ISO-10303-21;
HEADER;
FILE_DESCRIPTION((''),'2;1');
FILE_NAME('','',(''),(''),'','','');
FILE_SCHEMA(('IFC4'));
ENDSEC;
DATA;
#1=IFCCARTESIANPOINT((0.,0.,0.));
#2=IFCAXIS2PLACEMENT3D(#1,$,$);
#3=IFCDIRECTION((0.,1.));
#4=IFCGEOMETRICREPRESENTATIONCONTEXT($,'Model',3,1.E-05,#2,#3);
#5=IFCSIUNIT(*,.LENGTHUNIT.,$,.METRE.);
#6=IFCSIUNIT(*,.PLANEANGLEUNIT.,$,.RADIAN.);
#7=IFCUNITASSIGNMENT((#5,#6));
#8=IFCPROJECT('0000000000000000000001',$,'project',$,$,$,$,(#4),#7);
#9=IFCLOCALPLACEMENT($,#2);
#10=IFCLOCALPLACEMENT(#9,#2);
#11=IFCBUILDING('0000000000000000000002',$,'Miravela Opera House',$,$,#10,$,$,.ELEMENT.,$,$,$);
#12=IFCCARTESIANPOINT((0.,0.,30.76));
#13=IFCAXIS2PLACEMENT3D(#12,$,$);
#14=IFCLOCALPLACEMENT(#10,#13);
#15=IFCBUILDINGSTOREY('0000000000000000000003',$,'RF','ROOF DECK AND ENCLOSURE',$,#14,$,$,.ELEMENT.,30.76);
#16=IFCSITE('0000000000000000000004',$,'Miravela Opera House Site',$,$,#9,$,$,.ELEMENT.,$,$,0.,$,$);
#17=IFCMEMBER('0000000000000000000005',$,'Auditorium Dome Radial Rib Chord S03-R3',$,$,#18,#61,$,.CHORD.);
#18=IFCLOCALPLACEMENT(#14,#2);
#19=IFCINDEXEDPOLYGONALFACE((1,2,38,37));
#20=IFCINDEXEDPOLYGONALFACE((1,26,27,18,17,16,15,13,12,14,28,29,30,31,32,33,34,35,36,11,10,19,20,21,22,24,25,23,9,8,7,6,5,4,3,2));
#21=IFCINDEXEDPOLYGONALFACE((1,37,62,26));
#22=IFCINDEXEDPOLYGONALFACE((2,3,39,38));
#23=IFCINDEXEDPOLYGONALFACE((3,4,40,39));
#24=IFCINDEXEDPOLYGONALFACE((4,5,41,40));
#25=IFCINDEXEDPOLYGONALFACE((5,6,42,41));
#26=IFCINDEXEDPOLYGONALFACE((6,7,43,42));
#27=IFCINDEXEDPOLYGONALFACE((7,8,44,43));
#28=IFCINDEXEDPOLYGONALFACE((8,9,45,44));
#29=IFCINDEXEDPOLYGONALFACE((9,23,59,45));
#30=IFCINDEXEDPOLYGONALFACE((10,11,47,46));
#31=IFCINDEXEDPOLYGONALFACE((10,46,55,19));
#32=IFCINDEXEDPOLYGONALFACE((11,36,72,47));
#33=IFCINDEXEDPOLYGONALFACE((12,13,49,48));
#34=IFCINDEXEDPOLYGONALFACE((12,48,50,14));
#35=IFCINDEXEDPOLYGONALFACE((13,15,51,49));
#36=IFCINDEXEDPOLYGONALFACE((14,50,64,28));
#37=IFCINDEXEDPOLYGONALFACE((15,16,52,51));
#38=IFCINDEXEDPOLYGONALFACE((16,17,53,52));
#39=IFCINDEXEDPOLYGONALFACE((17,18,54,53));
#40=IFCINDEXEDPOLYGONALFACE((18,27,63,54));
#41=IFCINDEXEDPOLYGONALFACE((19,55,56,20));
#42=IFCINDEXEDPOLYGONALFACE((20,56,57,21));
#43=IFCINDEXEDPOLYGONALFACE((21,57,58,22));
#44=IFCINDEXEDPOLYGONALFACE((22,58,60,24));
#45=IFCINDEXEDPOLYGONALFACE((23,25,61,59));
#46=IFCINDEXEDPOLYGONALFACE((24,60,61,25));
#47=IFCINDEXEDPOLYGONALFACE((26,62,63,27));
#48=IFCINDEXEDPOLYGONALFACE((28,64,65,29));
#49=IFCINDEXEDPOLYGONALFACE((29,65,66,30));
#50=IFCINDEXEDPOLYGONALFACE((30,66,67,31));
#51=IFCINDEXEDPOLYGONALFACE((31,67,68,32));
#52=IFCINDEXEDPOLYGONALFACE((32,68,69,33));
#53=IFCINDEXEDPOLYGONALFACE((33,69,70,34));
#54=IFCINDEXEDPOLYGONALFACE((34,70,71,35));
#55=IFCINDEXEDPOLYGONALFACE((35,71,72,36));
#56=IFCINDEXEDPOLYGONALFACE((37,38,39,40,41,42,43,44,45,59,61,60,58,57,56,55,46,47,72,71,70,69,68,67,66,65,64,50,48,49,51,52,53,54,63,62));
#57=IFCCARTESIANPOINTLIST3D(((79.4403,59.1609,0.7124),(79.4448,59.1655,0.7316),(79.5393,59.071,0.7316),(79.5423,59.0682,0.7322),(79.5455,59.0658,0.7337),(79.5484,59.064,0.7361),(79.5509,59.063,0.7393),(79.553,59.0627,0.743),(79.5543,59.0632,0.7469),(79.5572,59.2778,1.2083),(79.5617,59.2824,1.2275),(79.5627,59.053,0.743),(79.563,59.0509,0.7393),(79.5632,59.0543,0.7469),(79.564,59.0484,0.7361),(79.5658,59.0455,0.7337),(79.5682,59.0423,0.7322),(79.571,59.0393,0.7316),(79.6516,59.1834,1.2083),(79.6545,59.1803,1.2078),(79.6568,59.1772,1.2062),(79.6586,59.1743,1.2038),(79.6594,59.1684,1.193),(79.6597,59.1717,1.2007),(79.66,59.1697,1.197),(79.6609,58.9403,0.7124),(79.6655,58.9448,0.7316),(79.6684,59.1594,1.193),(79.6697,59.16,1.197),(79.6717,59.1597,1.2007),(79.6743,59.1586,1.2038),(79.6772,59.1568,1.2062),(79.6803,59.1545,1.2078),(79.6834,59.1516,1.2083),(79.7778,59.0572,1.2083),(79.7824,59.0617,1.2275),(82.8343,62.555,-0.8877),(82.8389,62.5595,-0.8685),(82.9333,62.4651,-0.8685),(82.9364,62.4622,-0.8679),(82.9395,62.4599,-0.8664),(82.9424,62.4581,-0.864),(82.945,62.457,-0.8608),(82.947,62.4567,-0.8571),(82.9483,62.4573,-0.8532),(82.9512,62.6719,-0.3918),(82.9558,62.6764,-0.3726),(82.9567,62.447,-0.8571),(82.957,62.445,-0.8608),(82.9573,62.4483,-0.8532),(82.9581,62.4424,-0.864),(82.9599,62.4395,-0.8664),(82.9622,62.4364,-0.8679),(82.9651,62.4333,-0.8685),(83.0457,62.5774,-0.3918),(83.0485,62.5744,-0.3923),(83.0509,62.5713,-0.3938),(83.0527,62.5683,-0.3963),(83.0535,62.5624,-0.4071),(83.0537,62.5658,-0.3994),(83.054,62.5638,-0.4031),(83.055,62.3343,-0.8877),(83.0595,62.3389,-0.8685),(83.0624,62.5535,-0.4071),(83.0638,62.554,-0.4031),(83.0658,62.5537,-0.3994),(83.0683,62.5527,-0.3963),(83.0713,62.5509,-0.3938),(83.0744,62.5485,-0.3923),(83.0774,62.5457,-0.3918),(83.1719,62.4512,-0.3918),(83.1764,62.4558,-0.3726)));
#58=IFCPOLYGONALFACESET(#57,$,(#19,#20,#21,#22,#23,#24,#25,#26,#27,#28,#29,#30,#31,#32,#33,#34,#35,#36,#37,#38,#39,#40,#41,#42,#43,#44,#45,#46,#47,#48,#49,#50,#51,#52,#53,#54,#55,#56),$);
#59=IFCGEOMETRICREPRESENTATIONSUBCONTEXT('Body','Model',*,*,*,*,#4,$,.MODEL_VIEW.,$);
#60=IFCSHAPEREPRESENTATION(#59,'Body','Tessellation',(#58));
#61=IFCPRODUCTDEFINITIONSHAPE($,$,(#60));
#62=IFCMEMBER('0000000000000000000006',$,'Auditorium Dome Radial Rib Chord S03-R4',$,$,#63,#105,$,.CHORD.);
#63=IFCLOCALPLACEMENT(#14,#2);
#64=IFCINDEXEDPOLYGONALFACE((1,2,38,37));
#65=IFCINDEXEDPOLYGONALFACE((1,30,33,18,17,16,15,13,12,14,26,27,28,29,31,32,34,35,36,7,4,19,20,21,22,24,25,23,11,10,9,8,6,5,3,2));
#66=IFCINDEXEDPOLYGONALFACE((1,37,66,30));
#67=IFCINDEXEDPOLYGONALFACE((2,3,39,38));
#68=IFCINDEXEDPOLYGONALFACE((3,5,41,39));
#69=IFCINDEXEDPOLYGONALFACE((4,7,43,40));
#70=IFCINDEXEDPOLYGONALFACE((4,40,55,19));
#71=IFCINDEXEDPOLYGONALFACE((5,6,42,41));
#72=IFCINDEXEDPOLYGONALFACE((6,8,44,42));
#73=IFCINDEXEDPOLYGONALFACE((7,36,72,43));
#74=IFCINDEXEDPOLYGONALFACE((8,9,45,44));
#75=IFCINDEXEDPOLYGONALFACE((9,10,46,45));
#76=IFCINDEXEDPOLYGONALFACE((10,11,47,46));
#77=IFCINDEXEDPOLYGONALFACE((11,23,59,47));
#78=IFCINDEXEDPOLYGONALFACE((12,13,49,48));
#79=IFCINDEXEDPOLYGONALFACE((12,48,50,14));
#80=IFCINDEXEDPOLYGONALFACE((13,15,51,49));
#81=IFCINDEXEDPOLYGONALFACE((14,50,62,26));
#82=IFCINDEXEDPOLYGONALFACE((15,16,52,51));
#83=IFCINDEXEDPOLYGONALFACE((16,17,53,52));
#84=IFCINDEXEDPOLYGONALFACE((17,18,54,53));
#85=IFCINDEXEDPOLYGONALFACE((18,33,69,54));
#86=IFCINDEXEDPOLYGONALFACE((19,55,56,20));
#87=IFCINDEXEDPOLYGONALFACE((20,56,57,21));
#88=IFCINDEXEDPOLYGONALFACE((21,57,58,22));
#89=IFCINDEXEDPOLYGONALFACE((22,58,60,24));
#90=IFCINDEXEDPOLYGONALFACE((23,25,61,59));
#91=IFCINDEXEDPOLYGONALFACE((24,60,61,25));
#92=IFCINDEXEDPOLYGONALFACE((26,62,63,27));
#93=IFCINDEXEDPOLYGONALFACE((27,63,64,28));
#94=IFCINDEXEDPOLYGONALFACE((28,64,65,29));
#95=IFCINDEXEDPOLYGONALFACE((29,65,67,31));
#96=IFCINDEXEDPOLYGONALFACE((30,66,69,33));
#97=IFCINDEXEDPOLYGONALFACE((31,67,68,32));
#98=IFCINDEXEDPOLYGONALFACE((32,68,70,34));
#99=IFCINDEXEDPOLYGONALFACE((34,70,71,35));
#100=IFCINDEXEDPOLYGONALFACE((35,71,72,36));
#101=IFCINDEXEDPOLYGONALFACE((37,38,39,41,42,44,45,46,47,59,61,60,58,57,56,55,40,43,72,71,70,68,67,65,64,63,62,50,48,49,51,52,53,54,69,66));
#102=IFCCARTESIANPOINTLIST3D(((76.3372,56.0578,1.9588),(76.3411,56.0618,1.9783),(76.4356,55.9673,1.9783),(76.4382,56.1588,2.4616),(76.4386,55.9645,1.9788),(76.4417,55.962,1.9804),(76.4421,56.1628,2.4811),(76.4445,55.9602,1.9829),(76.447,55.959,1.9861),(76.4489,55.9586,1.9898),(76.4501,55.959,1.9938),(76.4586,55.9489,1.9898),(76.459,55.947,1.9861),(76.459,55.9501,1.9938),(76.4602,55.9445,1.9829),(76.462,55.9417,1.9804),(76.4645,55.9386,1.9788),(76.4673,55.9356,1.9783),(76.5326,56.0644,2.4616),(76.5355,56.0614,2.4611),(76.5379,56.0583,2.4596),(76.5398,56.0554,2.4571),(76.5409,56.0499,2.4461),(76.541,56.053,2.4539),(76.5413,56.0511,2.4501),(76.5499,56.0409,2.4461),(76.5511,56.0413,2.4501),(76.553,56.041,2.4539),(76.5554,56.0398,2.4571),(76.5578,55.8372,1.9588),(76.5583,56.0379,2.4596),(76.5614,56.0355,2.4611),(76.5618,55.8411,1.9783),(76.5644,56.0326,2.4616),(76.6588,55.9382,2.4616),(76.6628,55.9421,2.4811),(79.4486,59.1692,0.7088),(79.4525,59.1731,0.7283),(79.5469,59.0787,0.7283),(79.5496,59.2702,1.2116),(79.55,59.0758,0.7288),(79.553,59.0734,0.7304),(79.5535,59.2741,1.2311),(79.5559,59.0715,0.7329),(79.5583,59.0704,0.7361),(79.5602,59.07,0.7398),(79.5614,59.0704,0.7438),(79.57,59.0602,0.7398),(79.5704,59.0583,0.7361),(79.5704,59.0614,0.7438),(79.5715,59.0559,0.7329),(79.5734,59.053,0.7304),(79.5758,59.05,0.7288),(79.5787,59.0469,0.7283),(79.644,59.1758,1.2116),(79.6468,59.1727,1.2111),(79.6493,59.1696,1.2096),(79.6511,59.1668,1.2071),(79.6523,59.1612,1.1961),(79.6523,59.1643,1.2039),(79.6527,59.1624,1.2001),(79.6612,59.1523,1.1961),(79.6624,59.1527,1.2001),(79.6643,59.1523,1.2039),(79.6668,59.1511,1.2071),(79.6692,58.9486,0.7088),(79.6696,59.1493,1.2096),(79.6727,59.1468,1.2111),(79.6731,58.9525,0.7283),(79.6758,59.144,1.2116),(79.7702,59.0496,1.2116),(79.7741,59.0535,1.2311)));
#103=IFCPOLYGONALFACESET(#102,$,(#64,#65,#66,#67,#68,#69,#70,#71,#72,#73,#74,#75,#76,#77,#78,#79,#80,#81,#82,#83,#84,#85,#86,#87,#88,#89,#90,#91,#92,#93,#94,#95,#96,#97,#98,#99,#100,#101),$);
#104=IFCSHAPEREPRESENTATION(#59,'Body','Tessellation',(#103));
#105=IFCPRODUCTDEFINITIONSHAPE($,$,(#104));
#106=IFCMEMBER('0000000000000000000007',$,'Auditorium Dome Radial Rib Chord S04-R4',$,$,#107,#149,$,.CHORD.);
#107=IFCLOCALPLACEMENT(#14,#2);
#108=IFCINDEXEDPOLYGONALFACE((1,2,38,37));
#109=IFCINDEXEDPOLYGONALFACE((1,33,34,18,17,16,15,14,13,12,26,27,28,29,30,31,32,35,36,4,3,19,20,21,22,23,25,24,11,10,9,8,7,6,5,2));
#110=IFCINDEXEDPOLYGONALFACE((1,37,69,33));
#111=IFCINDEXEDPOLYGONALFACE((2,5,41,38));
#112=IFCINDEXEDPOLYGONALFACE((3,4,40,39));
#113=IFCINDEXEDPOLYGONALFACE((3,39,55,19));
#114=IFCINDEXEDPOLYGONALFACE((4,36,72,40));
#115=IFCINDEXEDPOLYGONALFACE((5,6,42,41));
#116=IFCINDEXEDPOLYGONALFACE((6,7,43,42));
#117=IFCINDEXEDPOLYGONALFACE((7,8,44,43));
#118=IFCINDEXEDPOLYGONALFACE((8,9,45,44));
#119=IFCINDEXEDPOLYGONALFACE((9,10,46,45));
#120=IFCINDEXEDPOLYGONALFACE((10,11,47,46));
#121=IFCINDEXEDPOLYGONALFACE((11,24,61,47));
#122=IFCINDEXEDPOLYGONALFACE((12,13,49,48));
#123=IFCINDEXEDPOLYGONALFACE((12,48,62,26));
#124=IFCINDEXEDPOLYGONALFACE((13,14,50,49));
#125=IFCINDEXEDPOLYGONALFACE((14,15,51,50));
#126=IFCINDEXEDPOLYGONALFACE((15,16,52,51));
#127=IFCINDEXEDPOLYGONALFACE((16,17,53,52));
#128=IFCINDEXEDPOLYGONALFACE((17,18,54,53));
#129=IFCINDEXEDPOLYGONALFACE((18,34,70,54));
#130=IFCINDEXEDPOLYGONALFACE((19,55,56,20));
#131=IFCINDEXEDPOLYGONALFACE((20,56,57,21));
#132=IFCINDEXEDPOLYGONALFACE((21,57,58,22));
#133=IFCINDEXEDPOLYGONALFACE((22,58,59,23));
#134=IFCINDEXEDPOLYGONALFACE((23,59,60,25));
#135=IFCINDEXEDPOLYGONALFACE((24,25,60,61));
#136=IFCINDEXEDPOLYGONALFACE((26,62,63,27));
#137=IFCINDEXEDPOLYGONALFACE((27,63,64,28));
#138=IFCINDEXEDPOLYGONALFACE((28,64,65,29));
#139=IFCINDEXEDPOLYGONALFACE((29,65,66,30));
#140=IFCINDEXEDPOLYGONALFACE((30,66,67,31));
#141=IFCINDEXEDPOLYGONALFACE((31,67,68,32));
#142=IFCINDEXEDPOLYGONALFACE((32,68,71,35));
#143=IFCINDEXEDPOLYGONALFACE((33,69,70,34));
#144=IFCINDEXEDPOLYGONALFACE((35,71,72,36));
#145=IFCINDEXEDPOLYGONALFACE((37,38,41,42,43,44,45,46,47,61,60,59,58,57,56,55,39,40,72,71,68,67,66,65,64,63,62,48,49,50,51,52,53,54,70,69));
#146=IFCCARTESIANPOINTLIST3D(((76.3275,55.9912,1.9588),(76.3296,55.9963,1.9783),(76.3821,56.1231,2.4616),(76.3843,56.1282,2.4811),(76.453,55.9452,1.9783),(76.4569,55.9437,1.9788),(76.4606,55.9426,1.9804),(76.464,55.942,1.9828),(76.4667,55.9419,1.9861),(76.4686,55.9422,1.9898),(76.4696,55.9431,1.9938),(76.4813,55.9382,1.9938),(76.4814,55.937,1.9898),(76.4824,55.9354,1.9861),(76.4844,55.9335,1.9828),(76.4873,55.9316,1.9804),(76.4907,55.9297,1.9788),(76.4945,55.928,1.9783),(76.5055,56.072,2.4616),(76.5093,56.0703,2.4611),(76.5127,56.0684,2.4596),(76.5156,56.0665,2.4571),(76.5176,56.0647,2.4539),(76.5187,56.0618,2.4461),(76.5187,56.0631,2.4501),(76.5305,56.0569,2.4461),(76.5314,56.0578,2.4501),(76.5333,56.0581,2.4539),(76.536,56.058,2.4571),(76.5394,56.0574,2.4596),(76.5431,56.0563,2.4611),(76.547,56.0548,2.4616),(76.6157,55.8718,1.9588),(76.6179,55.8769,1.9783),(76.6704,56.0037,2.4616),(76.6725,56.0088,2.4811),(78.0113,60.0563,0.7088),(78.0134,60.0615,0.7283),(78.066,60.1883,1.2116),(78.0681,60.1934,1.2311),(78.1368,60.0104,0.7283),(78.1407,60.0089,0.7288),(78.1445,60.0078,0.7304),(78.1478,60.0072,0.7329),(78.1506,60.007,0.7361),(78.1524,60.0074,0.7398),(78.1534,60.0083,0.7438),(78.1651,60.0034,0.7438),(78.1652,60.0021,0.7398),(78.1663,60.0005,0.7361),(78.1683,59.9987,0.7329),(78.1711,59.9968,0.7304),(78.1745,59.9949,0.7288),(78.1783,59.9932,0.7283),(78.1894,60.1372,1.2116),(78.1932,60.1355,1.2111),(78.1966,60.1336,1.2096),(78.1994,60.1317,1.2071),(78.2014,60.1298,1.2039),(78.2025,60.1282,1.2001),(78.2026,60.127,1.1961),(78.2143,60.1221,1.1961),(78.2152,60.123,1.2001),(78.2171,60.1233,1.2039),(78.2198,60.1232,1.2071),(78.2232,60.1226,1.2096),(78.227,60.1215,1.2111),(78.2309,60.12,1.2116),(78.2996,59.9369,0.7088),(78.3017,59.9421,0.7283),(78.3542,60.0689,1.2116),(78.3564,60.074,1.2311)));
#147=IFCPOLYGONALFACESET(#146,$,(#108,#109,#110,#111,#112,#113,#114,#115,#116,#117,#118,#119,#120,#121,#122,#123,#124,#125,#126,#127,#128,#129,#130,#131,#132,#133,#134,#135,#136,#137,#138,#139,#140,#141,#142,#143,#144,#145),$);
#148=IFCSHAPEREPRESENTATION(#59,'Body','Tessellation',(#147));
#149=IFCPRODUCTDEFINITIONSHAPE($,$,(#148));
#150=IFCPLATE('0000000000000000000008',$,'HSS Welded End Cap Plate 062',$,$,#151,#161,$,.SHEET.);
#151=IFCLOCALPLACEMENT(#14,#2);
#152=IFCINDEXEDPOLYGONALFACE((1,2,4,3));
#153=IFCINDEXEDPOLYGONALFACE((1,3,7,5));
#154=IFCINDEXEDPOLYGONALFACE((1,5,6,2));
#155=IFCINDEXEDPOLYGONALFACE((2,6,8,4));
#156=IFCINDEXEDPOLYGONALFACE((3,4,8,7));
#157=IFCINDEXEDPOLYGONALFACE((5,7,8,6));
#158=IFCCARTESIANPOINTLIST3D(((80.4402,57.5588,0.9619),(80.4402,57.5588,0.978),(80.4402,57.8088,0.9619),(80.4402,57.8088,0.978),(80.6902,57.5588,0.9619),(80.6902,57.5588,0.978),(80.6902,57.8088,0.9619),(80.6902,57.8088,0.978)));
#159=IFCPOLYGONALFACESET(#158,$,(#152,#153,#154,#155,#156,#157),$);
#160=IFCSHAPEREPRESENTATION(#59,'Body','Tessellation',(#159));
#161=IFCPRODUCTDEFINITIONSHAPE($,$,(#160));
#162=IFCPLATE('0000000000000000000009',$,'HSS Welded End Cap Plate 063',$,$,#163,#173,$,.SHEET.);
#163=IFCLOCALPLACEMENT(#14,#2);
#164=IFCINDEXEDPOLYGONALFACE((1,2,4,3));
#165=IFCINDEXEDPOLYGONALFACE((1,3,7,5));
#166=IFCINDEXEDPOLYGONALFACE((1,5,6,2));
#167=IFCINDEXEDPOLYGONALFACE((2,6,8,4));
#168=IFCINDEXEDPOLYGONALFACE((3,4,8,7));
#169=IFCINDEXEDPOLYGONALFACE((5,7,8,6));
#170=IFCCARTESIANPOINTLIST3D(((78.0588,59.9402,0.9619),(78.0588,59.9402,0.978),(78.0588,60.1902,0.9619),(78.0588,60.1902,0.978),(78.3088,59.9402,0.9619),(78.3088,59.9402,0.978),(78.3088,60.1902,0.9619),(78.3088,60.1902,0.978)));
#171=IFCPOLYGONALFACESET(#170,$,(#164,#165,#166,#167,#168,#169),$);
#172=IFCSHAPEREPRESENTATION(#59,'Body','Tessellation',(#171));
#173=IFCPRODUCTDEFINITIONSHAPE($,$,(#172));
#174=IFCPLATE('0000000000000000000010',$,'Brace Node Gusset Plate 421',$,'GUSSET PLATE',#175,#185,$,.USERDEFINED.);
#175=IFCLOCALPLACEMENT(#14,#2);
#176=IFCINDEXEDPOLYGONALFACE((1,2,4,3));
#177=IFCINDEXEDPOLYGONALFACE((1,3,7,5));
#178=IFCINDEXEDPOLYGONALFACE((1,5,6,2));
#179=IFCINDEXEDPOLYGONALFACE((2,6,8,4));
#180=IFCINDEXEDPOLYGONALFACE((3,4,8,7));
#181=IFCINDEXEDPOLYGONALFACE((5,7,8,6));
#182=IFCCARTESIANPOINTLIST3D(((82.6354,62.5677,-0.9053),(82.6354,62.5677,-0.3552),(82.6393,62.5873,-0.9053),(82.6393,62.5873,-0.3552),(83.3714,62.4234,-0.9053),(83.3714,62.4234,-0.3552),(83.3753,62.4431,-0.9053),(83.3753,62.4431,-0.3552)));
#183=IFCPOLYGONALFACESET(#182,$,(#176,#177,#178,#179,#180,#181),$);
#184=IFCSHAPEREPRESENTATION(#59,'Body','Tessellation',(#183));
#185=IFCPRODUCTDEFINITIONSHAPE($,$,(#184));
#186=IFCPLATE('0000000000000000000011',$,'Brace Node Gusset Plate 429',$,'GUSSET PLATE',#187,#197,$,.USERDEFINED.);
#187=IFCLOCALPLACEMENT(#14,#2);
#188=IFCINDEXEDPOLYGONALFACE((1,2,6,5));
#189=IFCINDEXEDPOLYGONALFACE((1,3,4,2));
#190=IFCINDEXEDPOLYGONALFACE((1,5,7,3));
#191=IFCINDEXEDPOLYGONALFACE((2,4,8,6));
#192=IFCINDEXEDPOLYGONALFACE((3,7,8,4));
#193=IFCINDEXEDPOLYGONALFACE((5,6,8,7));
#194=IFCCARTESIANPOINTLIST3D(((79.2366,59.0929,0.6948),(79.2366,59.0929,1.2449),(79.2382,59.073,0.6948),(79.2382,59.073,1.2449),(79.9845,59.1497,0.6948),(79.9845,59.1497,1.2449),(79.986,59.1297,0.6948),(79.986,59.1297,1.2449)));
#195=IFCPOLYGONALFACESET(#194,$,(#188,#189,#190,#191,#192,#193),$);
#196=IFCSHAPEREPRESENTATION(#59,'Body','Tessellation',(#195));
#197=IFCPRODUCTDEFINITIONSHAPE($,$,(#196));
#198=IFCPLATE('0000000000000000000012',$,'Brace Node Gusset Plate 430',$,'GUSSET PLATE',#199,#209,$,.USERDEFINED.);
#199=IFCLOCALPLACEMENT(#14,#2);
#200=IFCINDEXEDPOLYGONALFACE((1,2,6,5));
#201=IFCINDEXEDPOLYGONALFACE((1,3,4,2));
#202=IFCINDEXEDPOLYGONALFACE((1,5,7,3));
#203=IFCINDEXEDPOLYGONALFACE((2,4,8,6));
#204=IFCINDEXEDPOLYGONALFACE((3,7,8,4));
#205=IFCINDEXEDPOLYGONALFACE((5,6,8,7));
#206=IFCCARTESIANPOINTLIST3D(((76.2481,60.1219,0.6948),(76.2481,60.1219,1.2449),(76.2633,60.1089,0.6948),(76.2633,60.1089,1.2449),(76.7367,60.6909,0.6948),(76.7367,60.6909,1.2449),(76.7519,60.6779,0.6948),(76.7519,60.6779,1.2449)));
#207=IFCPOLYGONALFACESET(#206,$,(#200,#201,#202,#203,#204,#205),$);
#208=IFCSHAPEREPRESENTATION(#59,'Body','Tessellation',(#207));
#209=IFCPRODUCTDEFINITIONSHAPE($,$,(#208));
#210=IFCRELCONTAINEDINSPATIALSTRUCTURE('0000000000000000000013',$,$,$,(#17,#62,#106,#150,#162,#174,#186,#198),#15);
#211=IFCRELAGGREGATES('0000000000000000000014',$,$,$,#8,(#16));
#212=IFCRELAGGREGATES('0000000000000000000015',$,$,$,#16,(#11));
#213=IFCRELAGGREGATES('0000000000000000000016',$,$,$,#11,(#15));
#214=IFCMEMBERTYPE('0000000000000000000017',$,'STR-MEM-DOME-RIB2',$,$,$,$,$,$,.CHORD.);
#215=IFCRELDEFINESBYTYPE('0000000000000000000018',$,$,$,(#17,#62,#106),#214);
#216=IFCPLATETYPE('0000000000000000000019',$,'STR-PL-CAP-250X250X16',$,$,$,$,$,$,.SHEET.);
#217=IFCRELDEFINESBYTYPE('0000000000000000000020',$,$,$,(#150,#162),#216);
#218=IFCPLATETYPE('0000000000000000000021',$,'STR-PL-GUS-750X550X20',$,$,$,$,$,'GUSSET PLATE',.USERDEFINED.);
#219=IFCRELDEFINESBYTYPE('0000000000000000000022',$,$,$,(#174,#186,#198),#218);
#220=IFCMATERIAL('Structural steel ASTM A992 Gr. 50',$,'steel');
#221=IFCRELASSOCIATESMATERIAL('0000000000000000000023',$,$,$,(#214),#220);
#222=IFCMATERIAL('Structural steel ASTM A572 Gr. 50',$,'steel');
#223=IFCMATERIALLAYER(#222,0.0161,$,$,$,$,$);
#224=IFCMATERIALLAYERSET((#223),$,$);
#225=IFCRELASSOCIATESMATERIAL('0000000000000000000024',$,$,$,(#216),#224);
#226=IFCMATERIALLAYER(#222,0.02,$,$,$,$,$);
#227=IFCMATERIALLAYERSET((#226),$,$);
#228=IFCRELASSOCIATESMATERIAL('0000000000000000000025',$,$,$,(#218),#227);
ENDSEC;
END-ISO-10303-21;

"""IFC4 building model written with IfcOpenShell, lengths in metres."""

from ifc_helpers import new_model, si_unit, direction, frame, origin, origin_2d, place, context, subcontext, project, spatial, rectangle, i_section, extrude, material, layer, layer_set, material_profile, profile_set, type_object, element, save


model = new_model("IFC4")

# Units and contexts
model_context = context("Model", 3, precision=1e-05, world=origin(), true_north=direction((0.0, 1.0)))
body_context = subcontext(model_context, "Body", "Model", "MODEL_VIEW")
ifc_project = project(units=[si_unit("LENGTHUNIT", "METRE"), si_unit("PLANEANGLEUNIT", "RADIAN")], contexts=[model_context])

# Site, building, storey
site_placement = place(None, origin())
site = spatial("IfcSite", under=ifc_project, at=site_placement, Name="Miravela Opera House Site", CompositionType="ELEMENT", RefElevation=0.0)
building_placement = place(site_placement, origin())
building = spatial("IfcBuilding", under=site, at=building_placement, Name="Miravela Opera House", CompositionType="ELEMENT")
storey_placement = place(building_placement, frame((0.0, 0.0, 30.76)))
storey = spatial("IfcBuildingStorey", under=building, at=storey_placement, Name="RF", Description="ROOF DECK AND ENCLOSURE", CompositionType="ELEMENT", Elevation=30.76)

# Shared definitions
ifc_material_1 = material(Name="Structural steel ASTM A992 Gr. 50", Category="steel")

# Members
ifc_material_profile_1 = material_profile(ifc_material_1, i_section(OverallWidth=0.312, OverallDepth=0.543, WebThickness=0.0127, FlangeThickness=0.0203, FilletRadius=0.0161, at=origin_2d()), Name="W530X150")
ifc_profile_set_1 = profile_set([ifc_material_profile_1])
member_type_1 = type_object("IfcMemberType", Name="STR-MEM-DOME-RIB2", PredefinedType="CHORD", material=ifc_profile_set_1)
member_1_placement = place(storey_placement, frame((83.0054, 62.5054, -0.6301), z_axis=(-0.670815, -0.670815, 0.316251), x_axis=(0.707107, -0.707107, 0.0)))
element("IfcMember", 1, at=member_1_placement, inside=storey, type_object=member_type_1, Name="Auditorium Dome Radial Rib Chord S03-R3", PredefinedType="CHORD", context=body_context, shape_type="SweptSolid", body=[
    extrude(i_section(OverallWidth=0.312, OverallDepth=0.543, WebThickness=0.0127, FlangeThickness=0.0203, FilletRadius=0.0161, at=origin_2d()), origin(), (0.0, 0.0, 1.0), 5.0596),
])
for number, where, z_axis, x_axis, name in (
    (2, (79.6113, 59.1113, 0.97), (-0.680192, -0.680192, 0.273272), (0.707107, -0.707107, 0.0), "Auditorium Dome Radial Rib Chord S03-R4"),
    (3, (78.1838, 60.0652, 0.97), (-0.368114, -0.888715, 0.27327), (0.923881, -0.38268, 0.0), "Auditorium Dome Radial Rib Chord S04-R4"),
):
    element("IfcMember", number, at=place(storey_placement, frame(where, z_axis=z_axis, x_axis=x_axis)), inside=storey, type_object=member_type_1, Name=name, PredefinedType="CHORD", context=body_context, shape_type="SweptSolid", body=[
        extrude(i_section(OverallWidth=0.312, OverallDepth=0.543, WebThickness=0.0127, FlangeThickness=0.0203, FilletRadius=0.0161, at=origin_2d()), origin(), (0.0, 0.0, 1.0), 4.5742),
    ])

# Plates
ifc_material_2 = material(Name="Structural steel ASTM A572 Gr. 50", Category="steel")
ifc_layer_1 = layer(ifc_material_2, 0.0161)
ifc_layer_set_1 = layer_set([ifc_layer_1])
plate_type_1 = type_object("IfcPlateType", Name="STR-PL-CAP-250X250X16", PredefinedType="SHEET", material=ifc_layer_set_1)
for number, where, z_axis, x_axis, name in (
    (4, (80.5652, 57.6838, 0.9619), (0.0, 0.0, 1.0), (1.0, 0.0, 0.0), "HSS Welded End Cap Plate 062"),
    (5, (78.1838, 60.0652, 0.9619), (0.0, 0.0, 1.0), (1.0, 0.0, 0.0), "HSS Welded End Cap Plate 063"),
):
    element("IfcPlate", number, at=place(storey_placement, frame(where, z_axis=z_axis, x_axis=x_axis)), inside=storey, type_object=plate_type_1, Name=name, PredefinedType="SHEET", context=body_context, shape_type="SweptSolid", body=[
        extrude(rectangle(XDim=0.25, YDim=0.25, at=origin_2d()), origin(), (0.0, 0.0, 1.0), 0.0161),
    ])
ifc_layer_2 = layer(ifc_material_2, 0.02)
ifc_layer_set_2 = layer_set([ifc_layer_2])
plate_type_2 = type_object("IfcPlateType", Name="STR-PL-GUS-750X550X20", ElementType="GUSSET PLATE", PredefinedType="USERDEFINED", material=ifc_layer_set_2)
for number, where, z_axis, x_axis, name in (
    (6, (83.0054, 62.5054, -0.9053), (0.0, 0.0, 1.0), (-0.981326, 0.192351, 0.0), "Brace Node Gusset Plate 421"),
    (7, (79.6113, 59.1113, 0.6948), (0.0, 0.0, 1.0), (0.997133, 0.075675, 0.0), "Brace Node Gusset Plate 429"),
    (8, (76.5, 60.3999, 0.6948), (0.0, 0.0, 1.0), (0.651437, 0.758703, 0.0), "Brace Node Gusset Plate 430"),
):
    element("IfcPlate", number, at=place(storey_placement, frame(where, z_axis=z_axis, x_axis=x_axis)), inside=storey, type_object=plate_type_2, Name=name, ObjectType="GUSSET PLATE", PredefinedType="USERDEFINED", context=body_context, shape_type="SweptSolid", body=[
        extrude(rectangle(XDim=0.75, YDim=0.02, at=origin_2d()), origin(), (0.0, 0.0, 1.0), 0.55),
    ])

save(model, "model.ifc")
